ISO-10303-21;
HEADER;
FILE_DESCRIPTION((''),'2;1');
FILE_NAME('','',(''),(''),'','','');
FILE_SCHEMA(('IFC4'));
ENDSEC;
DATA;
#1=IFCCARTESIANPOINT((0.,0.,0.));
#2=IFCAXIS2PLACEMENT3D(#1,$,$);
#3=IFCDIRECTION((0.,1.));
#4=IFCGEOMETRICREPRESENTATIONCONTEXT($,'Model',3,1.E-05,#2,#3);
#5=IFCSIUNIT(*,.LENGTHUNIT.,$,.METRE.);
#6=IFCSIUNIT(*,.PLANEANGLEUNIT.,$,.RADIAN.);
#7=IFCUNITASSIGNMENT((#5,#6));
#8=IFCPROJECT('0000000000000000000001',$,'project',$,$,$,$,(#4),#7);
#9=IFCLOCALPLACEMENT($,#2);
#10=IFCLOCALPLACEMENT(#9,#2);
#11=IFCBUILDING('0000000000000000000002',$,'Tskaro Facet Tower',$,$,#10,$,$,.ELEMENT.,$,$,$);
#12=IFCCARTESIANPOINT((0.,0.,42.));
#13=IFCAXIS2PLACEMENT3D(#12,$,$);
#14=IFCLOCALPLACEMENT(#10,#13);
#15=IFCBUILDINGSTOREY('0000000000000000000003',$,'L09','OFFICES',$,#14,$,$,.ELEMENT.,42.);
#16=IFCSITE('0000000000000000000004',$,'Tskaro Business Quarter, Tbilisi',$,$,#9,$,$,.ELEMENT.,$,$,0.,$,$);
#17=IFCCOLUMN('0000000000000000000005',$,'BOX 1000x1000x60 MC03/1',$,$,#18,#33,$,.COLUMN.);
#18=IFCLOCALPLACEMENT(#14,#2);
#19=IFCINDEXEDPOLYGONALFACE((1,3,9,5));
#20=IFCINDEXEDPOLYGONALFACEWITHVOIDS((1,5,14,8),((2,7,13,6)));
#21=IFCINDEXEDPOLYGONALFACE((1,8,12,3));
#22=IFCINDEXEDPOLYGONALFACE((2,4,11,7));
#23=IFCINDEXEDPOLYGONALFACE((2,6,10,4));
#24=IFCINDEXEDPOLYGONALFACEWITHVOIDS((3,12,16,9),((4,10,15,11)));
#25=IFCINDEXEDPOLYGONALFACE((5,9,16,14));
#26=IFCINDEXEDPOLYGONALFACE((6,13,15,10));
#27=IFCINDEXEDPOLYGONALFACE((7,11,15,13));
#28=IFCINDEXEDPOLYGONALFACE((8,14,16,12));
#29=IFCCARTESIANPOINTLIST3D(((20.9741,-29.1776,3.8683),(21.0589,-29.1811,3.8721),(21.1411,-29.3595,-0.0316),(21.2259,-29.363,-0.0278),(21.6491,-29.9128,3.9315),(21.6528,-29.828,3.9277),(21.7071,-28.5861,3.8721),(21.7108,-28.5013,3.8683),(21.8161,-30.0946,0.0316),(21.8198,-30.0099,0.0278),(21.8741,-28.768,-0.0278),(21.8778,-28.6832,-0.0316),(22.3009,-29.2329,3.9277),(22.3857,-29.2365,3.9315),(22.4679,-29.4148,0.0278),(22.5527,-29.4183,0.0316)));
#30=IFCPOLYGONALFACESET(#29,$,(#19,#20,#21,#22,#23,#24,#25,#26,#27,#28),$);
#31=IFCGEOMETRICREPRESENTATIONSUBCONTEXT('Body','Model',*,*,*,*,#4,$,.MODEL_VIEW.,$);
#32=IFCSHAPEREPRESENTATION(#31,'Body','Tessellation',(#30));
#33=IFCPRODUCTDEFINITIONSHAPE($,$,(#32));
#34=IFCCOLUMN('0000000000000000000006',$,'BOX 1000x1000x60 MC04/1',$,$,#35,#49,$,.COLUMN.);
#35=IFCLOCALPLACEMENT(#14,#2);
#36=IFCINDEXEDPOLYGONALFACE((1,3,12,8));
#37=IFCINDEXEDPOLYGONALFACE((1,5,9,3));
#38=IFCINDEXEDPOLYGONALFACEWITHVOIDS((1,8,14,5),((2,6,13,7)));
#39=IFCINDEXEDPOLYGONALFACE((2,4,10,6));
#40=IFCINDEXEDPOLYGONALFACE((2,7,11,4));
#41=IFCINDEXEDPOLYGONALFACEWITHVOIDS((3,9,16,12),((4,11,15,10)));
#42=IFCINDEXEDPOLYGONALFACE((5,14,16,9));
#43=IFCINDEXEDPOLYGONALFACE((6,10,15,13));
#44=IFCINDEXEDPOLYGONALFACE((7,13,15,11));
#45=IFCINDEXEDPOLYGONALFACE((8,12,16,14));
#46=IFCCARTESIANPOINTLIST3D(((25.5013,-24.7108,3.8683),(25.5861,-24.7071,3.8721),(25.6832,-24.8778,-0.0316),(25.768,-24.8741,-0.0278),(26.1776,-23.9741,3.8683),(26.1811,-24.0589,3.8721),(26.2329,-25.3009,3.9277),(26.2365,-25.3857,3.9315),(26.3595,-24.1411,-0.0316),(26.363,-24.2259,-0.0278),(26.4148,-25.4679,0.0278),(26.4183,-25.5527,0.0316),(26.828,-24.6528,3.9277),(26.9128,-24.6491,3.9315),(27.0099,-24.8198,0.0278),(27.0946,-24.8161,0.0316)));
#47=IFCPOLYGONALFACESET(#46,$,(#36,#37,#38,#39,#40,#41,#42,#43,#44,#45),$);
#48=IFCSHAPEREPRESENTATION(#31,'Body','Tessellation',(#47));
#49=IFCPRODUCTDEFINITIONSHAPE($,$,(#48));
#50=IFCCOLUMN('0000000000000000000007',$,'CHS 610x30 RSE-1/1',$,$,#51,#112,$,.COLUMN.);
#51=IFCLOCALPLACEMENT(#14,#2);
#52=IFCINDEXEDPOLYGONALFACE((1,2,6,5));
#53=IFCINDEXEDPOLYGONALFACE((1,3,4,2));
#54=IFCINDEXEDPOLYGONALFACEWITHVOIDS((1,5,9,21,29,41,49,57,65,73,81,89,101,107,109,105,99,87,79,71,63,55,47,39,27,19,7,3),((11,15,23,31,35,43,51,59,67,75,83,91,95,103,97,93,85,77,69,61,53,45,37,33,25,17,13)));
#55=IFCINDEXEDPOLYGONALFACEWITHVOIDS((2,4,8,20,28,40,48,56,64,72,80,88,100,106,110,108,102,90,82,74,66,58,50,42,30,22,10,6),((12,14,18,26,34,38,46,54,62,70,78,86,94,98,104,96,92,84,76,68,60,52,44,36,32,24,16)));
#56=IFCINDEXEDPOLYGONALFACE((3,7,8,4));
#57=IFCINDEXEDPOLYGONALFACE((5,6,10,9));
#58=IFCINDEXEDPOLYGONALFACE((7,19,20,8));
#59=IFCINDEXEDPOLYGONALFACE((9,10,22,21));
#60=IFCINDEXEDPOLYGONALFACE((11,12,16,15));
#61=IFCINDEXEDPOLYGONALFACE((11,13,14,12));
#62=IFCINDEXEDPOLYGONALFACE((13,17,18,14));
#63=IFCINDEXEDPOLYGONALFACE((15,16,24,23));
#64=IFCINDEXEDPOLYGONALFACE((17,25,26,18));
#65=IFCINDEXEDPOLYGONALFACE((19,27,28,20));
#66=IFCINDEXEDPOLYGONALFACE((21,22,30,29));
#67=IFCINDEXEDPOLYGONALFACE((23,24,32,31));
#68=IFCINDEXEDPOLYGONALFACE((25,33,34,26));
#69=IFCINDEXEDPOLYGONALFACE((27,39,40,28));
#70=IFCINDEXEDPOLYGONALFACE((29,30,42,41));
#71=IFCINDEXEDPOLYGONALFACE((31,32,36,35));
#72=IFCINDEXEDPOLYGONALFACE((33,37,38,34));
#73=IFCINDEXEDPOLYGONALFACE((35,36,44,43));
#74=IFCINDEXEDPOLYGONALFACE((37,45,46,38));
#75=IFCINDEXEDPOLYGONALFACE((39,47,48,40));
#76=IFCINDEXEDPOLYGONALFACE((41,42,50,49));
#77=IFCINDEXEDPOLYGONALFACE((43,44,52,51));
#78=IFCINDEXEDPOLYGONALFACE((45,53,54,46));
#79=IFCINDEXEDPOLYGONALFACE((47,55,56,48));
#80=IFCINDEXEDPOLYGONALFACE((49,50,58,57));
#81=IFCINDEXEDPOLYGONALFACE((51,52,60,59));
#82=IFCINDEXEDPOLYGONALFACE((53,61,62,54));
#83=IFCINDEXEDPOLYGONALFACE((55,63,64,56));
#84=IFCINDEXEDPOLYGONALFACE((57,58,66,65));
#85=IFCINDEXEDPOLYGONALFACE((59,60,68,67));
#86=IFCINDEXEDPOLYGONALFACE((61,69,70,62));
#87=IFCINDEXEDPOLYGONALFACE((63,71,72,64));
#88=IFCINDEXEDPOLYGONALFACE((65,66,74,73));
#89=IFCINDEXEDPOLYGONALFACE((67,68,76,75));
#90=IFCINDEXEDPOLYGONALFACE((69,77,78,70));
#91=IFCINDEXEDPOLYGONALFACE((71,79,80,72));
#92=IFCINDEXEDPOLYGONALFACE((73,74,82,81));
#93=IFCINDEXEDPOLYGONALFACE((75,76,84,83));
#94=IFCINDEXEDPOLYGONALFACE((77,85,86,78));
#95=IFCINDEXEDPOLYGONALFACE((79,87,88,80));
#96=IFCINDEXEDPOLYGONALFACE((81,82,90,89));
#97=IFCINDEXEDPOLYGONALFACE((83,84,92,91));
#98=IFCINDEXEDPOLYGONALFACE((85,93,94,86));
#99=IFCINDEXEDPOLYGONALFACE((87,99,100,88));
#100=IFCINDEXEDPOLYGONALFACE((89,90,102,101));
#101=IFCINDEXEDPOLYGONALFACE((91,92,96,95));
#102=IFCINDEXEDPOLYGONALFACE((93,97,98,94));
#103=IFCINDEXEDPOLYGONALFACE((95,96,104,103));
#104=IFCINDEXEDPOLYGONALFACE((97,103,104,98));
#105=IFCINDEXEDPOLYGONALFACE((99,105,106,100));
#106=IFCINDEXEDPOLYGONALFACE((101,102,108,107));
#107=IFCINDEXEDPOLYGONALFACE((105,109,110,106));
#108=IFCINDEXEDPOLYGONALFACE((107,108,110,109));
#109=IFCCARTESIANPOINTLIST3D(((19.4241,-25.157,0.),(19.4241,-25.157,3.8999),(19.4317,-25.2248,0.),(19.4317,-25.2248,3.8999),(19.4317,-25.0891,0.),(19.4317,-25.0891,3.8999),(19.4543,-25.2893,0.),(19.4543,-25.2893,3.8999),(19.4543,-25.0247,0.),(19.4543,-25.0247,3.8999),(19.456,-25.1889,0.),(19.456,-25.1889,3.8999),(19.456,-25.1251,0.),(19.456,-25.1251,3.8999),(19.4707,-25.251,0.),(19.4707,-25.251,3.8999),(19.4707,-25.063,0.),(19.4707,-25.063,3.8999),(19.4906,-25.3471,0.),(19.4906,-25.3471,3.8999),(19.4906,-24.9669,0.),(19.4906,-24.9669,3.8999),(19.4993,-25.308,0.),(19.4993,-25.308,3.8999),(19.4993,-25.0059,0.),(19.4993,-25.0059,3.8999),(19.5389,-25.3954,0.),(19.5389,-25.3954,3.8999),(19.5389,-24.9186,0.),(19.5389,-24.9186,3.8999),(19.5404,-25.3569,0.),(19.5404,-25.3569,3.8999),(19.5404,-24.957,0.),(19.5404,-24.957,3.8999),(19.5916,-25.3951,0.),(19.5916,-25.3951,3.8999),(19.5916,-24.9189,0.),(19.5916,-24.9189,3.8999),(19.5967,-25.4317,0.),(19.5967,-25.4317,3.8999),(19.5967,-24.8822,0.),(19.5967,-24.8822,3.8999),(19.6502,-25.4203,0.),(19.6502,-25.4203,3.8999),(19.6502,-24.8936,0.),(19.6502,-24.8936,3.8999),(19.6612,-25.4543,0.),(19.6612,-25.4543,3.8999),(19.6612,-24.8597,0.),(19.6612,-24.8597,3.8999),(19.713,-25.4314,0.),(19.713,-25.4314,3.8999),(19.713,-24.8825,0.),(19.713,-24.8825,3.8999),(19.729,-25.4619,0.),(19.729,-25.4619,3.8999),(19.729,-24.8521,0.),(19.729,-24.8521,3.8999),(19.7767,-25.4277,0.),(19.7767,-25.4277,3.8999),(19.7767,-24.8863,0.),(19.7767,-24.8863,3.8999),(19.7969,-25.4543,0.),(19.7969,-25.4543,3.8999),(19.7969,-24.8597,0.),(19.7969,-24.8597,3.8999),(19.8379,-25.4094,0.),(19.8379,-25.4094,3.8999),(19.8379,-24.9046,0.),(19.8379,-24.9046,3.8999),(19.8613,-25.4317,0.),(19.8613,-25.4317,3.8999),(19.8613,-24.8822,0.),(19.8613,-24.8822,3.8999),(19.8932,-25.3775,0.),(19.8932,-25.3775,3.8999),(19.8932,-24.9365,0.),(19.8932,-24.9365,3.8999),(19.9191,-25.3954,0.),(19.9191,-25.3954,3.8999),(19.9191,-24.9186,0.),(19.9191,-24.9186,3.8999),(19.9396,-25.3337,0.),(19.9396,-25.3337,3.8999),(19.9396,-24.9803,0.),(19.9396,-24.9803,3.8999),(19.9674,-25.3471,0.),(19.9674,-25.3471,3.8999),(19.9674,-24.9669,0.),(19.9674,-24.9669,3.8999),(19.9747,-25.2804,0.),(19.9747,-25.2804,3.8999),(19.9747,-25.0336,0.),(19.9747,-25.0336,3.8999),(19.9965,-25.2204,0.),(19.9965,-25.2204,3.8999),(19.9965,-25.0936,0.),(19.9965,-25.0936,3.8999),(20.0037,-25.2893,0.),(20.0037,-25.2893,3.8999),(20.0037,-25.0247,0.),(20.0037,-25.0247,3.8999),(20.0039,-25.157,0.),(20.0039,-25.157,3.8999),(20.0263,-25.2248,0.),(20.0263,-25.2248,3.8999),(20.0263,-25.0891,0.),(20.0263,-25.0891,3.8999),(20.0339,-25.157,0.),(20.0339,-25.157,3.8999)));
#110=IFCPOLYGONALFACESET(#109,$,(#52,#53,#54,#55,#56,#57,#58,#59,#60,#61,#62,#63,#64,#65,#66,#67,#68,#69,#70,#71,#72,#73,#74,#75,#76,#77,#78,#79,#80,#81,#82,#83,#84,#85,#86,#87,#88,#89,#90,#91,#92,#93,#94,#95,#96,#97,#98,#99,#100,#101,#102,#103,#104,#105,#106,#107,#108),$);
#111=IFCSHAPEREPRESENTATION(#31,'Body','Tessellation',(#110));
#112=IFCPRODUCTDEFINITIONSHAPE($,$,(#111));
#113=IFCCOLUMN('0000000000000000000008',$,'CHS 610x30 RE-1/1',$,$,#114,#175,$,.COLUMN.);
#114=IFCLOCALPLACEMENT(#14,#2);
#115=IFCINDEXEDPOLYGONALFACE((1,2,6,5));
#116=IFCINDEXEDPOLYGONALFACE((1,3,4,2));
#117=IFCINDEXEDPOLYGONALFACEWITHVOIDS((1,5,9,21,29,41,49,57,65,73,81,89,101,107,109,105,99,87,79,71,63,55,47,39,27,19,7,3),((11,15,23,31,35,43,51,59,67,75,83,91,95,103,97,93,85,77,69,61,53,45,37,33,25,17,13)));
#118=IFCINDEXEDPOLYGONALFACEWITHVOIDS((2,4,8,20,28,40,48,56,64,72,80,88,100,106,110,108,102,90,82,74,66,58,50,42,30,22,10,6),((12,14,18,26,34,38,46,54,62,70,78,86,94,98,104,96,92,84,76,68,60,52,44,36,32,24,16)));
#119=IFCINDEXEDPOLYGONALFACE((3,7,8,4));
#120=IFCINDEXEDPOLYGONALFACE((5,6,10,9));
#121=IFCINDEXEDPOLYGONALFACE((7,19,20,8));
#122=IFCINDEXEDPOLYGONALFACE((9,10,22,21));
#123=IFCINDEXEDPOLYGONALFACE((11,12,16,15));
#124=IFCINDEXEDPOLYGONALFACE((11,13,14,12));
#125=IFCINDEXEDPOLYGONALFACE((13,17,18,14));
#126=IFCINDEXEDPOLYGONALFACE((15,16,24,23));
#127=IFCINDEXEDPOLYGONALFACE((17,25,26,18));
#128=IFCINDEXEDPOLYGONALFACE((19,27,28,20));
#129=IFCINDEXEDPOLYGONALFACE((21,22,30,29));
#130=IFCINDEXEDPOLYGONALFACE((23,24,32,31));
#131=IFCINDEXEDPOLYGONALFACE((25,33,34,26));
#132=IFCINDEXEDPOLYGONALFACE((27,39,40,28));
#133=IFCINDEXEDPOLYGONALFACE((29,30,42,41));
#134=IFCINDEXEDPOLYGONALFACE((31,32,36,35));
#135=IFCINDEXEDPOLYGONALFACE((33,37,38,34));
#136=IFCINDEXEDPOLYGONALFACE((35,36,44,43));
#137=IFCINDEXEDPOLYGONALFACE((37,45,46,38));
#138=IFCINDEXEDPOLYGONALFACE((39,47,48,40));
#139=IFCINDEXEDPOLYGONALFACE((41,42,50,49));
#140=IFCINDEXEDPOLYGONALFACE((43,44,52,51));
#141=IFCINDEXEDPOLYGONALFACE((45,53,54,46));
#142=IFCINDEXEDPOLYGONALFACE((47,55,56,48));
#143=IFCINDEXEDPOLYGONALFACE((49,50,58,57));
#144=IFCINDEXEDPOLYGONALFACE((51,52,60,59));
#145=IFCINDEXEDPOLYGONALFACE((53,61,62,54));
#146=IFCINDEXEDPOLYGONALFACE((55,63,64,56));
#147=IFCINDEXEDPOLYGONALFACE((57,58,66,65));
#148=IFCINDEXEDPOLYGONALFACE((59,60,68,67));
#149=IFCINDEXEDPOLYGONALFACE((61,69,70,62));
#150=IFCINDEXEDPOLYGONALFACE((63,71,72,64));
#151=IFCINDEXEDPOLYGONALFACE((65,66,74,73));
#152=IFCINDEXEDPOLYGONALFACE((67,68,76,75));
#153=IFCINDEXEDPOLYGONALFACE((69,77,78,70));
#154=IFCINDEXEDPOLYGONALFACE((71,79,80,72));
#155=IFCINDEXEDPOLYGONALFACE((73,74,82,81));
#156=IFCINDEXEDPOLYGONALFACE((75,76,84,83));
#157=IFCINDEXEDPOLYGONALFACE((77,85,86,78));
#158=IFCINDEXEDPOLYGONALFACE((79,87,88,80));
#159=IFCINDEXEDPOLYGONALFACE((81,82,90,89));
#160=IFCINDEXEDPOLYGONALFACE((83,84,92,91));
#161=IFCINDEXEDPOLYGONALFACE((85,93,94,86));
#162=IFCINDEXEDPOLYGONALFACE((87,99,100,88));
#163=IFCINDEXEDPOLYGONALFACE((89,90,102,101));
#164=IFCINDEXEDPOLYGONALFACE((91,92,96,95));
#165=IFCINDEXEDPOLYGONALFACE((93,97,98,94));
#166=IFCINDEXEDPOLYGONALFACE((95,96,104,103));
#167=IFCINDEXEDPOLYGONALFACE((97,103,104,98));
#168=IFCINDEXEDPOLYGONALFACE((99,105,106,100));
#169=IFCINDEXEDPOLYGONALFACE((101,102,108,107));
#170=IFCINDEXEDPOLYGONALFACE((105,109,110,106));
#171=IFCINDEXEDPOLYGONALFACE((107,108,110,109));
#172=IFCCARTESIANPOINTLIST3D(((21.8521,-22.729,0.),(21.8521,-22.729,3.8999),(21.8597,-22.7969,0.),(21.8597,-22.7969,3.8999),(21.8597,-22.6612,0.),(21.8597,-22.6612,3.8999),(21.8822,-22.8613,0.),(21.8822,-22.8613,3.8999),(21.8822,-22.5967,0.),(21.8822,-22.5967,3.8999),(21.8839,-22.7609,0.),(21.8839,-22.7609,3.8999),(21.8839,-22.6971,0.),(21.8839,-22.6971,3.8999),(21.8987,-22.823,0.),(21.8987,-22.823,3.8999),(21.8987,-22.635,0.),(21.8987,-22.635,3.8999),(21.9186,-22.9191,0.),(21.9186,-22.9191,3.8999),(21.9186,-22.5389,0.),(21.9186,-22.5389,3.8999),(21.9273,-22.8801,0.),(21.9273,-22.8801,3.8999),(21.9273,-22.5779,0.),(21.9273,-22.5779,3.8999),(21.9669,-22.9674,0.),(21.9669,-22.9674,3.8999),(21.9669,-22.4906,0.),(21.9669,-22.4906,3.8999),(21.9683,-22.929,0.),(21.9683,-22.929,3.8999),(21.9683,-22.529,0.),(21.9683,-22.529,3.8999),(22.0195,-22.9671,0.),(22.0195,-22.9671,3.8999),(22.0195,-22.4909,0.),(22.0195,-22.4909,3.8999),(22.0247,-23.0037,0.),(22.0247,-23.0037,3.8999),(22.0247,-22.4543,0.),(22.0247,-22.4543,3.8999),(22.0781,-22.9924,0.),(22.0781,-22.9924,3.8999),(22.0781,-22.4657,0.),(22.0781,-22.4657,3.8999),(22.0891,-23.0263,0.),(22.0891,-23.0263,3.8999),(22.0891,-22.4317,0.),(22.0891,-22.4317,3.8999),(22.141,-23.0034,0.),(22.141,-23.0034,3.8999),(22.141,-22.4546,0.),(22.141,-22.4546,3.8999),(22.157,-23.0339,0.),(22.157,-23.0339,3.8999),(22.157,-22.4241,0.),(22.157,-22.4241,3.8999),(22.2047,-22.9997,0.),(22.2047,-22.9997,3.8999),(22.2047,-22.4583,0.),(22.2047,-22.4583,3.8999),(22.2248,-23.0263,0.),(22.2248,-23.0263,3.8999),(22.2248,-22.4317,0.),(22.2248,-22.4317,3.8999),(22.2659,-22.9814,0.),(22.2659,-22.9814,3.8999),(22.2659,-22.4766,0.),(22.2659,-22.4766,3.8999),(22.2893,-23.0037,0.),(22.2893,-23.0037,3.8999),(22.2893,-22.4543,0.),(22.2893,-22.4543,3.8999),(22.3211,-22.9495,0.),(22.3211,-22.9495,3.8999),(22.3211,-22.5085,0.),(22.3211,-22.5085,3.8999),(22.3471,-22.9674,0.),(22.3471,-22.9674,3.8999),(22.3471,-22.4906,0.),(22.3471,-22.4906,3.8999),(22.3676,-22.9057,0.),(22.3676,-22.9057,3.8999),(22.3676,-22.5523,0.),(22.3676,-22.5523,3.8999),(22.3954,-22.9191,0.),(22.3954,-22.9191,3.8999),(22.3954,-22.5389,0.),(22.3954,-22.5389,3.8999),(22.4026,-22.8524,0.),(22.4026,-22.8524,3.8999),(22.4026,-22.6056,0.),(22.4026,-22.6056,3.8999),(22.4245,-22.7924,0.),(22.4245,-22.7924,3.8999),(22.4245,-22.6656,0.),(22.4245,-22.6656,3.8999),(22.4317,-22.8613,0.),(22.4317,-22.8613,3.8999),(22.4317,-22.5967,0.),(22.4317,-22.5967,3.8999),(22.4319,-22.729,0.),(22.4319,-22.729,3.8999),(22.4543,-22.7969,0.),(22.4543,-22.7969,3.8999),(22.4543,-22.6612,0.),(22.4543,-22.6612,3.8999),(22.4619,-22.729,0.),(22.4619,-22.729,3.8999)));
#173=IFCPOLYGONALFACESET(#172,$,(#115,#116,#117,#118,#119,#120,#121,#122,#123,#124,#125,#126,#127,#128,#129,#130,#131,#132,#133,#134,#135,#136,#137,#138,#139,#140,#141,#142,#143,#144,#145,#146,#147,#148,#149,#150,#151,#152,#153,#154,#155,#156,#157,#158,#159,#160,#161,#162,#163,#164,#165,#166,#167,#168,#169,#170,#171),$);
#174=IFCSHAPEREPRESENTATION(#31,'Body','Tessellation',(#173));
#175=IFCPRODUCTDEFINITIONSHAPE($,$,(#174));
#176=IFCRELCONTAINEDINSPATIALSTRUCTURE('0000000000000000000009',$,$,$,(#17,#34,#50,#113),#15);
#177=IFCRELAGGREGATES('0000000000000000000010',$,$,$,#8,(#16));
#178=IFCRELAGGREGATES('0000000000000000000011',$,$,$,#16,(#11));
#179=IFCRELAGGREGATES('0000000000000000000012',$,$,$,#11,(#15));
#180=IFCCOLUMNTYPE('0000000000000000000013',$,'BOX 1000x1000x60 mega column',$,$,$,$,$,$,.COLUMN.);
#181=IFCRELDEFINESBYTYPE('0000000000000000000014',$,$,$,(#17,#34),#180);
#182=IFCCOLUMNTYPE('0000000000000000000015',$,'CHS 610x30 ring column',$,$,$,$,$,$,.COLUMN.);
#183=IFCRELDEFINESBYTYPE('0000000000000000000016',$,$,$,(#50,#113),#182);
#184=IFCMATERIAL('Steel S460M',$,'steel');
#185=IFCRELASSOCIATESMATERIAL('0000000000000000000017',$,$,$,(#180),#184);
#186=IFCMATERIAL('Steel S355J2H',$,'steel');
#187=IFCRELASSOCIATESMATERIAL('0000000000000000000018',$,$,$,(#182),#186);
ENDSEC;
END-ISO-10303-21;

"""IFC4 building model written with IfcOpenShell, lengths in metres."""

from ifc_helpers import new_model, si_unit, direction, frame, origin, origin_2d, place, context, subcontext, project, spatial, hollow_rectangle, hollow_circle, extrude, material, material_profile, profile_set, type_object, element, save


model = new_model("IFC4")

# Units and contexts
model_context = context("Model", 3, precision=1e-05, world=origin(), true_north=direction((0.0, 1.0)))
body_context = subcontext(model_context, "Body", "Model", "MODEL_VIEW")
ifc_project = project(units=[si_unit("LENGTHUNIT", "METRE"), si_unit("PLANEANGLEUNIT", "RADIAN")], contexts=[model_context])

# Site, building, storey
site_placement = place(None, origin())
site = spatial("IfcSite", under=ifc_project, at=site_placement, Name="Tskaro Business Quarter, Tbilisi", CompositionType="ELEMENT", RefElevation=0.0)
building_placement = place(site_placement, origin())
building = spatial("IfcBuilding", under=site, at=building_placement, Name="Tskaro Facet Tower", CompositionType="ELEMENT")
storey_placement = place(building_placement, frame((0.0, 0.0, 42.0)))
storey = spatial("IfcBuildingStorey", under=building, at=storey_placement, Name="L09", Description="OFFICES", CompositionType="ELEMENT", Elevation=42.0)

# Columns
ifc_material_1 = material(Name="Steel S460M", Category="steel")
ifc_material_profile_1 = material_profile(ifc_material_1, hollow_rectangle(XDim=1.0, YDim=1.0, WallThickness=0.0601, at=origin_2d()), Name="BOX 1000x1000x60")
ifc_profile_set_1 = profile_set([ifc_material_profile_1], Name="Steel S460M")
column_type_1 = type_object("IfcColumnType", Name="BOX 1000x1000x60 mega column", PredefinedType="COLUMN", material=ifc_profile_set_1)
for number, where, z_axis, x_axis, name in (
    (1, (21.8469, -29.3889, 0.0), (-0.042734, 0.046545, 0.998002), (-0.73662, -0.676306, 0.0), "BOX 1000x1000x60 MC03/1"),
    (2, (26.3889, -24.8469, 0.0), (-0.046545, 0.042734, 0.998002), (-0.676306, -0.73662, 0.0), "BOX 1000x1000x60 MC04/1"),
):
    element("IfcColumn", number, at=place(storey_placement, frame(where, z_axis=z_axis, x_axis=x_axis)), inside=storey, type_object=column_type_1, Name=name, PredefinedType="COLUMN", context=body_context, shape_type="SweptSolid", body=[
        extrude(hollow_rectangle(XDim=1.0, YDim=1.0, WallThickness=0.0601, at=origin_2d()), origin(), (0.0, 0.0, 1.0), 3.9077),
    ])
ifc_material_2 = material(Name="Steel S355J2H", Category="steel")
ifc_material_profile_2 = material_profile(ifc_material_2, hollow_circle(Radius=0.3049, WallThickness=0.03, at=origin_2d()), Name="CHS 610x30")
ifc_profile_set_2 = profile_set([ifc_material_profile_2], Name="Steel S355J2H")
column_type_2 = type_object("IfcColumnType", Name="CHS 610x30 ring column", PredefinedType="COLUMN", material=ifc_profile_set_2)
for number, where, z_axis, x_axis, name in (
    (3, (19.729, -25.157, 0.0), (0.0, 0.0, 1.0), (1.0, 0.0, 0.0), "CHS 610x30 RSE-1/1"),
    (4, (22.157, -22.729, 0.0), (0.0, 0.0, 1.0), (1.0, 0.0, 0.0), "CHS 610x30 RE-1/1"),
):
    element("IfcColumn", number, at=place(storey_placement, frame(where, z_axis=z_axis, x_axis=x_axis)), inside=storey, type_object=column_type_2, Name=name, PredefinedType="COLUMN", context=body_context, shape_type="SweptSolid", body=[
        extrude(hollow_circle(Radius=0.3049, WallThickness=0.03, at=origin_2d()), origin(), (0.0, 0.0, 1.0), 3.8999),
    ])

save(model, "model.ifc")
